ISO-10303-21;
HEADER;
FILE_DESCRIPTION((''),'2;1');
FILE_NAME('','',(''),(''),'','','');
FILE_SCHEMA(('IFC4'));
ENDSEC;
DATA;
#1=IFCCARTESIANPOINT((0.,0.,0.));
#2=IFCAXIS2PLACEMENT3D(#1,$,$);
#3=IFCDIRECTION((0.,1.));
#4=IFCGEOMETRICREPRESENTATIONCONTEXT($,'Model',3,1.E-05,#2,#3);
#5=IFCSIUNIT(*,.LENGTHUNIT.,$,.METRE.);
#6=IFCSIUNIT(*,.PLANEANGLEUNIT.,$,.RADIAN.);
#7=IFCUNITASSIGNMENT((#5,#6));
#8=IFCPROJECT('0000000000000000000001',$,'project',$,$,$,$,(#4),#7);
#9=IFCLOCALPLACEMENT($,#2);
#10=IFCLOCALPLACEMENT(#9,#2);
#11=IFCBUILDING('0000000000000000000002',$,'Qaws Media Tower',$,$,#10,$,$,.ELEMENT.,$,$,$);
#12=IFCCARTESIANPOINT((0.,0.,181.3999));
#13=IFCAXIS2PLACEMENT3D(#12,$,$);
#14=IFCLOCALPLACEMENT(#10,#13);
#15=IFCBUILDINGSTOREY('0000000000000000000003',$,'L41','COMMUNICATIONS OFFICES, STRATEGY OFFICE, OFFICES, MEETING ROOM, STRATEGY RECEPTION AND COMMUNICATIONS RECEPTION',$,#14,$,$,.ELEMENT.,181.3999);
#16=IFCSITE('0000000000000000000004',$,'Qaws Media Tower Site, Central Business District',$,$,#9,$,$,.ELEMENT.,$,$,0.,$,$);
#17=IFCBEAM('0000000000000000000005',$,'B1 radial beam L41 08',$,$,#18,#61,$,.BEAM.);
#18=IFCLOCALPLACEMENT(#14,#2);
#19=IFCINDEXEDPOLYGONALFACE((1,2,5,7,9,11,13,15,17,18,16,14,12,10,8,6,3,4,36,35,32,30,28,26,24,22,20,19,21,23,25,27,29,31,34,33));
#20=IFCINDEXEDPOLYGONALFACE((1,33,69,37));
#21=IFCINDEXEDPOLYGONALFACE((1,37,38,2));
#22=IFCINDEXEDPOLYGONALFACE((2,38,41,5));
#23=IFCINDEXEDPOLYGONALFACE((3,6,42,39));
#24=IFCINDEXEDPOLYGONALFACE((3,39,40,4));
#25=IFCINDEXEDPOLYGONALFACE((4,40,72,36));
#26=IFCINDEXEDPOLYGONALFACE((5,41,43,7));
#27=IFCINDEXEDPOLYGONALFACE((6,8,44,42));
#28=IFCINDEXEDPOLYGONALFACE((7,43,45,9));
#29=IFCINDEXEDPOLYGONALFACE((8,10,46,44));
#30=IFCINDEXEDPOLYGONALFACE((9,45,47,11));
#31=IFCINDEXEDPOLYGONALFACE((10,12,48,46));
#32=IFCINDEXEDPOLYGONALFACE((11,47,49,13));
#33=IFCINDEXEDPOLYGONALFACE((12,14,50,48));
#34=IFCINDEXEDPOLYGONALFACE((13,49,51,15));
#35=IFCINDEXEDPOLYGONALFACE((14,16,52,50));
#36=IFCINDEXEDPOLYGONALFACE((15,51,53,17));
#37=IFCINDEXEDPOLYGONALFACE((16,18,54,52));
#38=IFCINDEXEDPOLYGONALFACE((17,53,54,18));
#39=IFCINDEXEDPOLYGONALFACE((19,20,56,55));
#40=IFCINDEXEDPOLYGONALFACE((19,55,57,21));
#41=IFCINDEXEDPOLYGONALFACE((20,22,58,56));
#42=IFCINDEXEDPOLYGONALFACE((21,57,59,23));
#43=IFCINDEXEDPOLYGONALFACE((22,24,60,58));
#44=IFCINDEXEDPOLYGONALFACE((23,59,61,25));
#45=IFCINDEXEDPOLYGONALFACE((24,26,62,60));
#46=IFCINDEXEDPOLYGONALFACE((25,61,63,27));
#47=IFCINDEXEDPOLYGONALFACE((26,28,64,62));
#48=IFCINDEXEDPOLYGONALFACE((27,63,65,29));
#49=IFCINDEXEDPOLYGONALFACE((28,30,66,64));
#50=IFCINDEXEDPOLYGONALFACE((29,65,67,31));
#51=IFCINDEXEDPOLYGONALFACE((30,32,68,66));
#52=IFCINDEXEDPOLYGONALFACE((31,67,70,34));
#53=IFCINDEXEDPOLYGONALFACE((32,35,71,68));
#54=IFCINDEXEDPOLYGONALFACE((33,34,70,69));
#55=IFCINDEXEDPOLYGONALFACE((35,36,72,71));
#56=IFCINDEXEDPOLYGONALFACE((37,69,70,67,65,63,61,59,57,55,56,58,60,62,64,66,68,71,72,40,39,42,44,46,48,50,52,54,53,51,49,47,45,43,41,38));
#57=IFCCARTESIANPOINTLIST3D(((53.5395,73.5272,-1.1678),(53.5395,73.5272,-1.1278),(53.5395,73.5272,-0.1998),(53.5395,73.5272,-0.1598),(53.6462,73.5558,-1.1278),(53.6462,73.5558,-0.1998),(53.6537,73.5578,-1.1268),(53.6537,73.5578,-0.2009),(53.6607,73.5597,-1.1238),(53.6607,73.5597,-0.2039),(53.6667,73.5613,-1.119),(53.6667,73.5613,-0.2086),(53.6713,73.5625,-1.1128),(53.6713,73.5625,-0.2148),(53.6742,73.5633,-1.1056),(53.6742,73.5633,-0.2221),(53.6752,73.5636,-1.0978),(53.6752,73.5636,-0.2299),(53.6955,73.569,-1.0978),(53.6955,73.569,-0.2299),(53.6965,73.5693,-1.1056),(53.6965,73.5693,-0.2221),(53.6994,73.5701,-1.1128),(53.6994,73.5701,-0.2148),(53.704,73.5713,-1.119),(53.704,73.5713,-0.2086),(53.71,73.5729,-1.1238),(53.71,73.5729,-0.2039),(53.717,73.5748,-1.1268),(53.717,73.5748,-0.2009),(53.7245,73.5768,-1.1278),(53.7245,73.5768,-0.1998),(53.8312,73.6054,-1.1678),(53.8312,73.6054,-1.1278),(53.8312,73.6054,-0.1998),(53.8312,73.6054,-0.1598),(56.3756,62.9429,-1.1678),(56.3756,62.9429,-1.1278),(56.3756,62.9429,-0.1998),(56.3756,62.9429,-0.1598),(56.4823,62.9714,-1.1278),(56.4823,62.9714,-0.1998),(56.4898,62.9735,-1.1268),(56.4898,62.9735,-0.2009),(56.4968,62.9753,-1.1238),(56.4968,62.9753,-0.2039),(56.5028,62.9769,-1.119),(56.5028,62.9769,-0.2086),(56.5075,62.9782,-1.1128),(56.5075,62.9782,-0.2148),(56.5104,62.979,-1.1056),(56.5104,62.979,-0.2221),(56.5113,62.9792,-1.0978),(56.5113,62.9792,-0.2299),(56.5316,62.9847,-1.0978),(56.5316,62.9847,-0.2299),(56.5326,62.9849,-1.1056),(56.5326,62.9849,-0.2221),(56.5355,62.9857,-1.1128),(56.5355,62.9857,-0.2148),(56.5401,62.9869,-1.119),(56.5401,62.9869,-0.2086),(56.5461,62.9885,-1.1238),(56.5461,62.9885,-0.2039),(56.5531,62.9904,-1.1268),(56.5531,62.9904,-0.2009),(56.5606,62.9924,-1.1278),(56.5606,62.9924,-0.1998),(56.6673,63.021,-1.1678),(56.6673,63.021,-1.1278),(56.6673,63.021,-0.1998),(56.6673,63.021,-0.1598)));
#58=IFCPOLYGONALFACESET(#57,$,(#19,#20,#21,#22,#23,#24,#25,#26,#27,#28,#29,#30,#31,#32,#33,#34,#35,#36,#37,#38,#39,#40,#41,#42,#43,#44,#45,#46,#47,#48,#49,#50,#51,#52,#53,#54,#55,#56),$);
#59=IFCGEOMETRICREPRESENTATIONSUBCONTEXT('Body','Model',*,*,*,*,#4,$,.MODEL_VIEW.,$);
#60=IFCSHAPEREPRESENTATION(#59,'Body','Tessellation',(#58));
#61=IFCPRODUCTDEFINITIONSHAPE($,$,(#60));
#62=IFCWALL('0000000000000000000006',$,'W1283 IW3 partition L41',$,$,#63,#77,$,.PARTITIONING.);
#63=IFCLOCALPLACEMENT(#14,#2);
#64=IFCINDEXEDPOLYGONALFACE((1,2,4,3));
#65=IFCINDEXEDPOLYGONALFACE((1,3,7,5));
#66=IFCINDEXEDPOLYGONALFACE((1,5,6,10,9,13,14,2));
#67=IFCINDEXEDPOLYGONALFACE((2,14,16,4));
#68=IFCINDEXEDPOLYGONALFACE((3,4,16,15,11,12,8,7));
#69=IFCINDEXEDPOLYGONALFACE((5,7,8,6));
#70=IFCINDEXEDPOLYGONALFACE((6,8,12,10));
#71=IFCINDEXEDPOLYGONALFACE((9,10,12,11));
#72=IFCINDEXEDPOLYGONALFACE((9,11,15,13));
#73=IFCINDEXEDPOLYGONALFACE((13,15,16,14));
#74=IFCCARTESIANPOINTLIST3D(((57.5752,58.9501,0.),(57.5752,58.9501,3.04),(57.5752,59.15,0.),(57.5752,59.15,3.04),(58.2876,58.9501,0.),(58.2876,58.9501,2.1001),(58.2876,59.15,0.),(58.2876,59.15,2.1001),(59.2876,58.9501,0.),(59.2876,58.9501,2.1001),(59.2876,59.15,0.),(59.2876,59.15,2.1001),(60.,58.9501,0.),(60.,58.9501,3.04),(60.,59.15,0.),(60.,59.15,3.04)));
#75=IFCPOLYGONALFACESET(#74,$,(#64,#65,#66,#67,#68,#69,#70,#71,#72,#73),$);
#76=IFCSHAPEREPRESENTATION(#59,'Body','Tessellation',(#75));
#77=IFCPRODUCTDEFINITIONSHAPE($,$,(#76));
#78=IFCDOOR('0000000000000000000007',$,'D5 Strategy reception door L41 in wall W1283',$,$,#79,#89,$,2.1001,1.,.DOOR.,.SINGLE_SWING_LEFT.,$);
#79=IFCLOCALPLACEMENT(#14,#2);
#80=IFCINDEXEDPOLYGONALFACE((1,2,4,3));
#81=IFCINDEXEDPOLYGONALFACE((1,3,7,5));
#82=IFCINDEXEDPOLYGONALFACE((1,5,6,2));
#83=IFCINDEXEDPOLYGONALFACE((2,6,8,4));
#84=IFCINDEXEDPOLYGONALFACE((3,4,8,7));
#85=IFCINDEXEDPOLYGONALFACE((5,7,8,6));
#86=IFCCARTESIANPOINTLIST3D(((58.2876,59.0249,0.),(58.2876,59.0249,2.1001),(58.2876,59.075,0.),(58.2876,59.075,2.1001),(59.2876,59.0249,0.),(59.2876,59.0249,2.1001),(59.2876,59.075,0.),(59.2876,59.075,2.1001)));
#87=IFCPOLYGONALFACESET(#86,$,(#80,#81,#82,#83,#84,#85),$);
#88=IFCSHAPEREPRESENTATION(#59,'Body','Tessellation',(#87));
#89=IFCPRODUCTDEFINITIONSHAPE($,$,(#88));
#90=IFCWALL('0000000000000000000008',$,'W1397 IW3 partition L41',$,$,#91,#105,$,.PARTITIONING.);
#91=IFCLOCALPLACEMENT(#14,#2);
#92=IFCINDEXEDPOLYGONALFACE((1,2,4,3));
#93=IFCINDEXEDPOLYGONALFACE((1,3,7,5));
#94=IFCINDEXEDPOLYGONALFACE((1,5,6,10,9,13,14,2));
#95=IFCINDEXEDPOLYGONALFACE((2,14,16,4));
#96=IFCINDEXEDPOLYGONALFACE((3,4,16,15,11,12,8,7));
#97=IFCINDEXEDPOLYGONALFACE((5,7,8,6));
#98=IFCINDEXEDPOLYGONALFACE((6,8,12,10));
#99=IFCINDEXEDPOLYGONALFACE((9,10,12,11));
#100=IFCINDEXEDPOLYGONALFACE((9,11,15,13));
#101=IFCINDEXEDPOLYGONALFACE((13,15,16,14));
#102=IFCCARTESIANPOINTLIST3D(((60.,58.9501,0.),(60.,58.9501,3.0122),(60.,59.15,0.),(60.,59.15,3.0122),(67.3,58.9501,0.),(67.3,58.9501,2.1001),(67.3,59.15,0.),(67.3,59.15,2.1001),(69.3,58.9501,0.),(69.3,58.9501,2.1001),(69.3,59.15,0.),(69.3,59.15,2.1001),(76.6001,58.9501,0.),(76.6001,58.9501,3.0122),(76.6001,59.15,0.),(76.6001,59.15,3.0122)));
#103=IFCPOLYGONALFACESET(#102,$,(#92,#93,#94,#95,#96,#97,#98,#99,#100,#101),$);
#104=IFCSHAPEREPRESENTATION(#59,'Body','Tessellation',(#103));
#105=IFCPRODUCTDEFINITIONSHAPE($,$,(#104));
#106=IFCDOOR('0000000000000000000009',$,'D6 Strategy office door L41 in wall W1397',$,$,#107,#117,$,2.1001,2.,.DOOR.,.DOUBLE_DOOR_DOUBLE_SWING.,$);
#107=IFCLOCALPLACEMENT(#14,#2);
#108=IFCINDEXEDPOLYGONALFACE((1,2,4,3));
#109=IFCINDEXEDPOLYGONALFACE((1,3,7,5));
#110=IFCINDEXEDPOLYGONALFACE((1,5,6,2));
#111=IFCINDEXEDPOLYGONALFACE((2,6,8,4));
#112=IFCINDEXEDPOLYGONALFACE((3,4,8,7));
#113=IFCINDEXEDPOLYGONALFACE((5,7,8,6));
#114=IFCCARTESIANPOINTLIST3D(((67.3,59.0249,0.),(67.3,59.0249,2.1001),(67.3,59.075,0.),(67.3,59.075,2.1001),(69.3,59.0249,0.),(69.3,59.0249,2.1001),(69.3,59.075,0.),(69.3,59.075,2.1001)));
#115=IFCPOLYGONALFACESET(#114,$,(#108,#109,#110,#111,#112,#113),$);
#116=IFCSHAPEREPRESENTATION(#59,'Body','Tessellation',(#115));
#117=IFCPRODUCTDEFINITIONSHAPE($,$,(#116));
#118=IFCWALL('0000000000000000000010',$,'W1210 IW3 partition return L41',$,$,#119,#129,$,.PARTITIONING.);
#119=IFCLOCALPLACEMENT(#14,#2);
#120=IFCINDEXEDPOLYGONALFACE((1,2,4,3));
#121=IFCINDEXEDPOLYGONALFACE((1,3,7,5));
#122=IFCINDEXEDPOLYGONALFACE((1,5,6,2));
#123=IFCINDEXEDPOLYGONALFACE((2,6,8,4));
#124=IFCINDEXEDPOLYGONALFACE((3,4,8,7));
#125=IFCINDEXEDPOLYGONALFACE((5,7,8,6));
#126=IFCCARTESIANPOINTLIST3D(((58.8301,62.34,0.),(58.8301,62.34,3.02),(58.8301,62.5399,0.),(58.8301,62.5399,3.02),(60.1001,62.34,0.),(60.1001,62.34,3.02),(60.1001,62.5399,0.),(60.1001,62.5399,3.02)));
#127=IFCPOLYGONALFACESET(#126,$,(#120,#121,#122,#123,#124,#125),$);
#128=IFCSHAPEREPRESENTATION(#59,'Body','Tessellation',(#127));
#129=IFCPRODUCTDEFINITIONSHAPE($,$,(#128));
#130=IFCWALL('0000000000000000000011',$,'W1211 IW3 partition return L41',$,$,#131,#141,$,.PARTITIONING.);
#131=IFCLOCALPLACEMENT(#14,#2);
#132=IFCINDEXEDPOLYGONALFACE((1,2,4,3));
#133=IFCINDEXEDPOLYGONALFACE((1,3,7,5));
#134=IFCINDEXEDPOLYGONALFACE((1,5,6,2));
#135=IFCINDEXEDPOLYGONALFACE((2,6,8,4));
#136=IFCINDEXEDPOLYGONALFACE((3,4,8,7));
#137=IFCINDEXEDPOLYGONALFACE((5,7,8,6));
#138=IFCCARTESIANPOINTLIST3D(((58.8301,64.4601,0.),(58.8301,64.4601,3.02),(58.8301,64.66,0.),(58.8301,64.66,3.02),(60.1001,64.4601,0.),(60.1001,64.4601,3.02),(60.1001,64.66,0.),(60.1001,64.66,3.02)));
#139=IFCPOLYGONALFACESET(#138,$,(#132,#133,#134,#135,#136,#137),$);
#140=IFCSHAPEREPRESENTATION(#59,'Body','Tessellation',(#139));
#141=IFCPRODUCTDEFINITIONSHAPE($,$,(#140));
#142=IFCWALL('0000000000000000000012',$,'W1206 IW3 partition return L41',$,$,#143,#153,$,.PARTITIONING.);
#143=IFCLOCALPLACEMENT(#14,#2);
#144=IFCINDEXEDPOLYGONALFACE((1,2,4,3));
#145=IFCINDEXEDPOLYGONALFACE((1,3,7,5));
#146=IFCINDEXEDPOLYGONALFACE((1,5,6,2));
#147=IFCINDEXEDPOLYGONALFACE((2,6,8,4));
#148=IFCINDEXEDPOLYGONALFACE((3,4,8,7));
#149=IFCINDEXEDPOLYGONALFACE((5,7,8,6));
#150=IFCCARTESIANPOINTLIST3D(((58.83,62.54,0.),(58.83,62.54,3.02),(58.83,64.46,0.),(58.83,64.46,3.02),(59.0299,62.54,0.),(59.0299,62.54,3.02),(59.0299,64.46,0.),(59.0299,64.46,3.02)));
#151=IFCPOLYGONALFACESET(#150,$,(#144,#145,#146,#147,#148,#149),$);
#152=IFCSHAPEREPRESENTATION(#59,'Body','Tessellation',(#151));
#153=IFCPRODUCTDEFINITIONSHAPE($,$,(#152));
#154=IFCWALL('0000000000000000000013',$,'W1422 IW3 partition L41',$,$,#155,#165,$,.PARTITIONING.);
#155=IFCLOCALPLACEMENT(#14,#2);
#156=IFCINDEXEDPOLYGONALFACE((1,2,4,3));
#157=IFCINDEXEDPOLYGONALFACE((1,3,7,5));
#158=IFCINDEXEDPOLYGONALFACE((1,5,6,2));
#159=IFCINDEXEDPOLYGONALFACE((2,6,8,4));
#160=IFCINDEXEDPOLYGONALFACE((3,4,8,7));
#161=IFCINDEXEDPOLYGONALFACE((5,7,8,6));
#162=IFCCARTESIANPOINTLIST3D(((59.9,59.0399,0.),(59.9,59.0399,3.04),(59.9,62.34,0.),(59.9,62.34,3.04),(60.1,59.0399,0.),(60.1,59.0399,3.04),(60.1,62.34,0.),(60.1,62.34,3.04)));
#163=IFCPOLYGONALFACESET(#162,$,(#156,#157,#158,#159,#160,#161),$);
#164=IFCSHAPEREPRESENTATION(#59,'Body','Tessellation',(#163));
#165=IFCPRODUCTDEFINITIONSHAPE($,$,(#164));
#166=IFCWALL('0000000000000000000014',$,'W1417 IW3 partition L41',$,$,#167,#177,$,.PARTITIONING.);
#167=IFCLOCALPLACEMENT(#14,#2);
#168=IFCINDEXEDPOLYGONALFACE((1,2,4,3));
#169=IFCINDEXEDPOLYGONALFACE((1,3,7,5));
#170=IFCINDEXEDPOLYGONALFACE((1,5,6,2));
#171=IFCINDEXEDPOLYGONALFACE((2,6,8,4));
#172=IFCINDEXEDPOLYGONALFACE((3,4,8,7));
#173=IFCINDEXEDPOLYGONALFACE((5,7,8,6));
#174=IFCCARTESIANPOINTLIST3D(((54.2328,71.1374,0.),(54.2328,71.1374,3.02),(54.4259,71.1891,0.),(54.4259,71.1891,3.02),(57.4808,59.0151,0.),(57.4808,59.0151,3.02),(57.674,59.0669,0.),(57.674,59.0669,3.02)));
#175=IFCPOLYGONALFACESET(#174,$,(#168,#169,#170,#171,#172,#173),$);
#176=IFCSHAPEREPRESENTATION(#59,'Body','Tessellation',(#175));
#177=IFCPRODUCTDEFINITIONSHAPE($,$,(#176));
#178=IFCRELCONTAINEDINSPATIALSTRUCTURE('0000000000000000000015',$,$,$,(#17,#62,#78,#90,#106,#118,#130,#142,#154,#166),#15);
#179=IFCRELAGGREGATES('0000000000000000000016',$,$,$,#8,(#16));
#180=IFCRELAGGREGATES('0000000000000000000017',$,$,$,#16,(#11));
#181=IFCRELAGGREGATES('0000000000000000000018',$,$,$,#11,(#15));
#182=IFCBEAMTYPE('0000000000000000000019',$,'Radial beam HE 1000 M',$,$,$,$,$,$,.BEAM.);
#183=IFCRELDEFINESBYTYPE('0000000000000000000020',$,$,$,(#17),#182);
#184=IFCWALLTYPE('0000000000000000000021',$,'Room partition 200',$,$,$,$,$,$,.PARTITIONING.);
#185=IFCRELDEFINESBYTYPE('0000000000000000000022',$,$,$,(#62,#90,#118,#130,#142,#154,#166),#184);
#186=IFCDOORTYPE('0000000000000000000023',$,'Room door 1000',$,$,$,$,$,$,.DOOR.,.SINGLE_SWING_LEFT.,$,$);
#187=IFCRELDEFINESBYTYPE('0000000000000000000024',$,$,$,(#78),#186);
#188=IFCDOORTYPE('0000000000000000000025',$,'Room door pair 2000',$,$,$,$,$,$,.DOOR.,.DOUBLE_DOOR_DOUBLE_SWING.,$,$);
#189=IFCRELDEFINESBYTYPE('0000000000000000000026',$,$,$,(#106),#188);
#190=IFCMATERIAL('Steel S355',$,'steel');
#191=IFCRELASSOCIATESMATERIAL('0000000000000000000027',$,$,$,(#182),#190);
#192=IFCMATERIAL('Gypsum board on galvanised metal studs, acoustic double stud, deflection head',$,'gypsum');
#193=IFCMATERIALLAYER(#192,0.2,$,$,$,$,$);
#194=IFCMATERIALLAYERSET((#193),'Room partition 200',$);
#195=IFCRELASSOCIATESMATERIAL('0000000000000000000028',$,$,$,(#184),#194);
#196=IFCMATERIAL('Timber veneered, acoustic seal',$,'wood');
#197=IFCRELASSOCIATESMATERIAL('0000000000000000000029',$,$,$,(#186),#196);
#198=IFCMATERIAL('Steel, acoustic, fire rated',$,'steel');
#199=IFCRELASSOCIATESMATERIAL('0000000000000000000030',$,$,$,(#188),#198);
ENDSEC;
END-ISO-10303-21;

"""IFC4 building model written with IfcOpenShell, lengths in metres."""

from ifc_helpers import new_model, si_unit, direction, frame, frame_2d, origin, origin_2d, place, context, subcontext, project, spatial, rectangle, i_section, extrude, material, layer, layer_set, material_profile, profile_set, type_object, element, fill, save


model = new_model("IFC4")

# Units and contexts
model_context = context("Model", 3, precision=1e-05, world=origin(), true_north=direction((0.0, 1.0)))
body_context = subcontext(model_context, "Body", "Model", "MODEL_VIEW")
ifc_project = project(units=[si_unit("LENGTHUNIT", "METRE"), si_unit("PLANEANGLEUNIT", "RADIAN")], contexts=[model_context])

# Site, building, storey
site_placement = place(None, origin())
site = spatial("IfcSite", under=ifc_project, at=site_placement, Name="Qaws Media Tower Site, Central Business District", CompositionType="ELEMENT", RefElevation=0.0)
building_placement = place(site_placement, origin())
building = spatial("IfcBuilding", under=site, at=building_placement, Name="Qaws Media Tower", CompositionType="ELEMENT")
storey_placement = place(building_placement, frame((0.0, 0.0, 181.3999)))
storey = spatial("IfcBuildingStorey", under=building, at=storey_placement, Name="L41", Description="COMMUNICATIONS OFFICES, STRATEGY OFFICE, OFFICES, MEETING ROOM, STRATEGY RECEPTION AND COMMUNICATIONS RECEPTION", CompositionType="ELEMENT", Elevation=181.3999)

# Beam
ifc_material_1 = material(Name="Steel S355", Category="steel")
ifc_material_profile_1 = material_profile(ifc_material_1, i_section(OverallWidth=0.302, OverallDepth=1.0081, WebThickness=0.021, FlangeThickness=0.04, FilletRadius=0.03, at=origin_2d()), Name="HE 1000 M")
ifc_profile_set_1 = profile_set([ifc_material_profile_1], Name="Steel S355")
beam_type_1 = type_object("IfcBeamType", Name="Radial beam HE 1000 M", PredefinedType="BEAM", material=ifc_profile_set_1)
beam_1_placement = place(storey_placement, frame((56.5215, 62.9819, -0.6638), z_axis=(-0.258826, 0.965924, 0.0), x_axis=(-0.965924, -0.258826, 0.0)))
element("IfcBeam", 1, at=beam_1_placement, inside=storey, type_object=beam_type_1, Name="B1 radial beam L41 08", PredefinedType="BEAM", context=body_context, shape_type="SweptSolid", body=[
    extrude(i_section(OverallWidth=0.302, OverallDepth=1.0081, WebThickness=0.021, FlangeThickness=0.04, FilletRadius=0.03, at=origin_2d()), origin(), (0.0, 0.0, 1.0), 10.9578),
])

# Walls, openings, doors
ifc_material_2 = material(Name="Gypsum board on galvanised metal studs, acoustic double stud, deflection head", Category="gypsum")
ifc_layer = layer(ifc_material_2, 0.2)
ifc_layer_set = layer_set([ifc_layer], Name="Room partition 200")
wall_type = type_object("IfcWallType", Name="Room partition 200", PredefinedType="PARTITIONING", material=ifc_layer_set)
wall_1_placement = place(storey_placement, frame((57.5752, 59.05, 0.0), z_axis=(0.0, 0.0, 1.0), x_axis=(1.0, 0.0, 0.0)))
wall_1 = element("IfcWall", 2, at=wall_1_placement, inside=storey, type_object=wall_type, Name="W1283 IW3 partition L41", PredefinedType="PARTITIONING", context=body_context, shape_type="SweptSolid", body=[
    extrude(rectangle(XDim=2.4248, YDim=0.2, at=frame_2d((1.2124, 0.0))), origin(), (0.0, 0.0, 1.0), 3.04),
])
opening_1_placement = place(wall_1_placement, frame((0.7124, 0.0, 0.0)))
opening_1 = element("IfcOpeningElement", 3, at=opening_1_placement, cuts=wall_1, PredefinedType="OPENING", context=body_context, shape_type="SweptSolid", body=[
    extrude(rectangle(XDim=1.0, YDim=2.1001, at=frame_2d((0.5, 1.05))), frame((0.0, 0.1099, 0.0), z_axis=(0.0, -1.0, 0.0), x_axis=(1.0, 0.0, 0.0)), (0.0, 0.0, 1.0), 0.22),
])
ifc_material_3 = material(Name="Timber veneered, acoustic seal", Category="wood")
door_type_1 = type_object("IfcDoorType", Name="Room door 1000", OperationType="SINGLE_SWING_LEFT", PredefinedType="DOOR", material=ifc_material_3)
door_1_placement = place(opening_1_placement, origin())
door_1 = element("IfcDoor", 4, at=door_1_placement, inside=storey, type_object=door_type_1, Name="D5 Strategy reception door L41 in wall W1283", OperationType="SINGLE_SWING_LEFT", OverallHeight=2.1001, OverallWidth=1.0, PredefinedType="DOOR", context=body_context, shape_type="SweptSolid", body=[
    extrude(rectangle(XDim=1.0, YDim=2.1001, at=frame_2d((0.5, 1.05))), frame((0.0, 0.0249, 0.0), z_axis=(0.0, -1.0, 0.0), x_axis=(1.0, 0.0, 0.0)), (0.0, 0.0, 1.0), 0.05),
])
fill(opening_1, door_1)
wall_2_placement = place(storey_placement, frame((60.0, 59.05, 0.0), z_axis=(0.0, 0.0, 1.0), x_axis=(1.0, 0.0, 0.0)))
wall_2 = element("IfcWall", 5, at=wall_2_placement, inside=storey, type_object=wall_type, Name="W1397 IW3 partition L41", PredefinedType="PARTITIONING", context=body_context, shape_type="SweptSolid", body=[
    extrude(rectangle(XDim=16.6001, YDim=0.2, at=frame_2d((8.3, 0.0))), origin(), (0.0, 0.0, 1.0), 3.0122),
])
opening_2_placement = place(wall_2_placement, frame((7.3, 0.0, 0.0)))
opening_2 = element("IfcOpeningElement", 6, at=opening_2_placement, cuts=wall_2, PredefinedType="OPENING", context=body_context, shape_type="SweptSolid", body=[
    extrude(rectangle(XDim=2.0, YDim=2.1001, at=frame_2d((1.0, 1.05))), frame((0.0, 0.1099, 0.0), z_axis=(0.0, -1.0, 0.0), x_axis=(1.0, 0.0, 0.0)), (0.0, 0.0, 1.0), 0.22),
])
ifc_material_4 = material(Name="Steel, acoustic, fire rated", Category="steel")
door_type_2 = type_object("IfcDoorType", Name="Room door pair 2000", OperationType="DOUBLE_DOOR_DOUBLE_SWING", PredefinedType="DOOR", material=ifc_material_4)
door_2_placement = place(opening_2_placement, origin())
door_2 = element("IfcDoor", 7, at=door_2_placement, inside=storey, type_object=door_type_2, Name="D6 Strategy office door L41 in wall W1397", OperationType="DOUBLE_DOOR_DOUBLE_SWING", OverallHeight=2.1001, OverallWidth=2.0, PredefinedType="DOOR", context=body_context, shape_type="SweptSolid", body=[
    extrude(rectangle(XDim=2.0, YDim=2.1001, at=frame_2d((1.0, 1.05))), frame((0.0, 0.0249, 0.0), z_axis=(0.0, -1.0, 0.0), x_axis=(1.0, 0.0, 0.0)), (0.0, 0.0, 1.0), 0.05),
])
fill(opening_2, door_2)

# Walls
for number, where, z_axis, x_axis, name in (
    (8, (60.1001, 62.4399, 0.0), (0.0, 0.0, 1.0), (-1.0, 0.0, 0.0), "W1210 IW3 partition return L41"),
    (9, (60.1001, 64.5601, 0.0), (0.0, 0.0, 1.0), (-1.0, 0.0, 0.0), "W1211 IW3 partition return L41"),
):
    element("IfcWall", number, at=place(storey_placement, frame(where, z_axis=z_axis, x_axis=x_axis)), inside=storey, type_object=wall_type, Name=name, PredefinedType="PARTITIONING", context=body_context, shape_type="SweptSolid", body=[
        extrude(rectangle(XDim=1.27, YDim=0.2, at=frame_2d((0.635, 0.0))), origin(), (0.0, 0.0, 1.0), 3.02),
    ])
wall_3_placement = place(storey_placement, frame((58.9299, 62.54, 0.0), z_axis=(0.0, 0.0, 1.0), x_axis=(0.0, 1.0, 0.0)))
element("IfcWall", 10, at=wall_3_placement, inside=storey, type_object=wall_type, Name="W1206 IW3 partition return L41", PredefinedType="PARTITIONING", context=body_context, shape_type="SweptSolid", body=[
    extrude(rectangle(XDim=1.9199, YDim=0.2, at=frame_2d((0.96, 0.0))), origin(), (0.0, 0.0, 1.0), 3.02),
])
wall_4_placement = place(storey_placement, frame((60.0, 59.04, 0.0), z_axis=(0.0, 0.0, 1.0), x_axis=(0.0, 1.0, 0.0)))
element("IfcWall", 11, at=wall_4_placement, inside=storey, type_object=wall_type, Name="W1422 IW3 partition L41", PredefinedType="PARTITIONING", context=body_context, shape_type="SweptSolid", body=[
    extrude(rectangle(XDim=3.3, YDim=0.2, at=frame_2d((1.6499, 0.0))), origin(), (0.0, 0.0, 1.0), 3.04),
])
wall_5_placement = place(storey_placement, frame((57.5774, 59.041, 0.0), z_axis=(0.0, 0.0, 1.0), x_axis=(-0.25881, 0.965928, 0.0)))
element("IfcWall", 12, at=wall_5_placement, inside=storey, type_object=wall_type, Name="W1417 IW3 partition L41", PredefinedType="PARTITIONING", context=body_context, shape_type="SweptSolid", body=[
    extrude(rectangle(XDim=12.5498, YDim=0.2, at=frame_2d((6.2749, 0.0))), origin(), (0.0, 0.0, 1.0), 3.02),
])

save(model, "model.ifc")
